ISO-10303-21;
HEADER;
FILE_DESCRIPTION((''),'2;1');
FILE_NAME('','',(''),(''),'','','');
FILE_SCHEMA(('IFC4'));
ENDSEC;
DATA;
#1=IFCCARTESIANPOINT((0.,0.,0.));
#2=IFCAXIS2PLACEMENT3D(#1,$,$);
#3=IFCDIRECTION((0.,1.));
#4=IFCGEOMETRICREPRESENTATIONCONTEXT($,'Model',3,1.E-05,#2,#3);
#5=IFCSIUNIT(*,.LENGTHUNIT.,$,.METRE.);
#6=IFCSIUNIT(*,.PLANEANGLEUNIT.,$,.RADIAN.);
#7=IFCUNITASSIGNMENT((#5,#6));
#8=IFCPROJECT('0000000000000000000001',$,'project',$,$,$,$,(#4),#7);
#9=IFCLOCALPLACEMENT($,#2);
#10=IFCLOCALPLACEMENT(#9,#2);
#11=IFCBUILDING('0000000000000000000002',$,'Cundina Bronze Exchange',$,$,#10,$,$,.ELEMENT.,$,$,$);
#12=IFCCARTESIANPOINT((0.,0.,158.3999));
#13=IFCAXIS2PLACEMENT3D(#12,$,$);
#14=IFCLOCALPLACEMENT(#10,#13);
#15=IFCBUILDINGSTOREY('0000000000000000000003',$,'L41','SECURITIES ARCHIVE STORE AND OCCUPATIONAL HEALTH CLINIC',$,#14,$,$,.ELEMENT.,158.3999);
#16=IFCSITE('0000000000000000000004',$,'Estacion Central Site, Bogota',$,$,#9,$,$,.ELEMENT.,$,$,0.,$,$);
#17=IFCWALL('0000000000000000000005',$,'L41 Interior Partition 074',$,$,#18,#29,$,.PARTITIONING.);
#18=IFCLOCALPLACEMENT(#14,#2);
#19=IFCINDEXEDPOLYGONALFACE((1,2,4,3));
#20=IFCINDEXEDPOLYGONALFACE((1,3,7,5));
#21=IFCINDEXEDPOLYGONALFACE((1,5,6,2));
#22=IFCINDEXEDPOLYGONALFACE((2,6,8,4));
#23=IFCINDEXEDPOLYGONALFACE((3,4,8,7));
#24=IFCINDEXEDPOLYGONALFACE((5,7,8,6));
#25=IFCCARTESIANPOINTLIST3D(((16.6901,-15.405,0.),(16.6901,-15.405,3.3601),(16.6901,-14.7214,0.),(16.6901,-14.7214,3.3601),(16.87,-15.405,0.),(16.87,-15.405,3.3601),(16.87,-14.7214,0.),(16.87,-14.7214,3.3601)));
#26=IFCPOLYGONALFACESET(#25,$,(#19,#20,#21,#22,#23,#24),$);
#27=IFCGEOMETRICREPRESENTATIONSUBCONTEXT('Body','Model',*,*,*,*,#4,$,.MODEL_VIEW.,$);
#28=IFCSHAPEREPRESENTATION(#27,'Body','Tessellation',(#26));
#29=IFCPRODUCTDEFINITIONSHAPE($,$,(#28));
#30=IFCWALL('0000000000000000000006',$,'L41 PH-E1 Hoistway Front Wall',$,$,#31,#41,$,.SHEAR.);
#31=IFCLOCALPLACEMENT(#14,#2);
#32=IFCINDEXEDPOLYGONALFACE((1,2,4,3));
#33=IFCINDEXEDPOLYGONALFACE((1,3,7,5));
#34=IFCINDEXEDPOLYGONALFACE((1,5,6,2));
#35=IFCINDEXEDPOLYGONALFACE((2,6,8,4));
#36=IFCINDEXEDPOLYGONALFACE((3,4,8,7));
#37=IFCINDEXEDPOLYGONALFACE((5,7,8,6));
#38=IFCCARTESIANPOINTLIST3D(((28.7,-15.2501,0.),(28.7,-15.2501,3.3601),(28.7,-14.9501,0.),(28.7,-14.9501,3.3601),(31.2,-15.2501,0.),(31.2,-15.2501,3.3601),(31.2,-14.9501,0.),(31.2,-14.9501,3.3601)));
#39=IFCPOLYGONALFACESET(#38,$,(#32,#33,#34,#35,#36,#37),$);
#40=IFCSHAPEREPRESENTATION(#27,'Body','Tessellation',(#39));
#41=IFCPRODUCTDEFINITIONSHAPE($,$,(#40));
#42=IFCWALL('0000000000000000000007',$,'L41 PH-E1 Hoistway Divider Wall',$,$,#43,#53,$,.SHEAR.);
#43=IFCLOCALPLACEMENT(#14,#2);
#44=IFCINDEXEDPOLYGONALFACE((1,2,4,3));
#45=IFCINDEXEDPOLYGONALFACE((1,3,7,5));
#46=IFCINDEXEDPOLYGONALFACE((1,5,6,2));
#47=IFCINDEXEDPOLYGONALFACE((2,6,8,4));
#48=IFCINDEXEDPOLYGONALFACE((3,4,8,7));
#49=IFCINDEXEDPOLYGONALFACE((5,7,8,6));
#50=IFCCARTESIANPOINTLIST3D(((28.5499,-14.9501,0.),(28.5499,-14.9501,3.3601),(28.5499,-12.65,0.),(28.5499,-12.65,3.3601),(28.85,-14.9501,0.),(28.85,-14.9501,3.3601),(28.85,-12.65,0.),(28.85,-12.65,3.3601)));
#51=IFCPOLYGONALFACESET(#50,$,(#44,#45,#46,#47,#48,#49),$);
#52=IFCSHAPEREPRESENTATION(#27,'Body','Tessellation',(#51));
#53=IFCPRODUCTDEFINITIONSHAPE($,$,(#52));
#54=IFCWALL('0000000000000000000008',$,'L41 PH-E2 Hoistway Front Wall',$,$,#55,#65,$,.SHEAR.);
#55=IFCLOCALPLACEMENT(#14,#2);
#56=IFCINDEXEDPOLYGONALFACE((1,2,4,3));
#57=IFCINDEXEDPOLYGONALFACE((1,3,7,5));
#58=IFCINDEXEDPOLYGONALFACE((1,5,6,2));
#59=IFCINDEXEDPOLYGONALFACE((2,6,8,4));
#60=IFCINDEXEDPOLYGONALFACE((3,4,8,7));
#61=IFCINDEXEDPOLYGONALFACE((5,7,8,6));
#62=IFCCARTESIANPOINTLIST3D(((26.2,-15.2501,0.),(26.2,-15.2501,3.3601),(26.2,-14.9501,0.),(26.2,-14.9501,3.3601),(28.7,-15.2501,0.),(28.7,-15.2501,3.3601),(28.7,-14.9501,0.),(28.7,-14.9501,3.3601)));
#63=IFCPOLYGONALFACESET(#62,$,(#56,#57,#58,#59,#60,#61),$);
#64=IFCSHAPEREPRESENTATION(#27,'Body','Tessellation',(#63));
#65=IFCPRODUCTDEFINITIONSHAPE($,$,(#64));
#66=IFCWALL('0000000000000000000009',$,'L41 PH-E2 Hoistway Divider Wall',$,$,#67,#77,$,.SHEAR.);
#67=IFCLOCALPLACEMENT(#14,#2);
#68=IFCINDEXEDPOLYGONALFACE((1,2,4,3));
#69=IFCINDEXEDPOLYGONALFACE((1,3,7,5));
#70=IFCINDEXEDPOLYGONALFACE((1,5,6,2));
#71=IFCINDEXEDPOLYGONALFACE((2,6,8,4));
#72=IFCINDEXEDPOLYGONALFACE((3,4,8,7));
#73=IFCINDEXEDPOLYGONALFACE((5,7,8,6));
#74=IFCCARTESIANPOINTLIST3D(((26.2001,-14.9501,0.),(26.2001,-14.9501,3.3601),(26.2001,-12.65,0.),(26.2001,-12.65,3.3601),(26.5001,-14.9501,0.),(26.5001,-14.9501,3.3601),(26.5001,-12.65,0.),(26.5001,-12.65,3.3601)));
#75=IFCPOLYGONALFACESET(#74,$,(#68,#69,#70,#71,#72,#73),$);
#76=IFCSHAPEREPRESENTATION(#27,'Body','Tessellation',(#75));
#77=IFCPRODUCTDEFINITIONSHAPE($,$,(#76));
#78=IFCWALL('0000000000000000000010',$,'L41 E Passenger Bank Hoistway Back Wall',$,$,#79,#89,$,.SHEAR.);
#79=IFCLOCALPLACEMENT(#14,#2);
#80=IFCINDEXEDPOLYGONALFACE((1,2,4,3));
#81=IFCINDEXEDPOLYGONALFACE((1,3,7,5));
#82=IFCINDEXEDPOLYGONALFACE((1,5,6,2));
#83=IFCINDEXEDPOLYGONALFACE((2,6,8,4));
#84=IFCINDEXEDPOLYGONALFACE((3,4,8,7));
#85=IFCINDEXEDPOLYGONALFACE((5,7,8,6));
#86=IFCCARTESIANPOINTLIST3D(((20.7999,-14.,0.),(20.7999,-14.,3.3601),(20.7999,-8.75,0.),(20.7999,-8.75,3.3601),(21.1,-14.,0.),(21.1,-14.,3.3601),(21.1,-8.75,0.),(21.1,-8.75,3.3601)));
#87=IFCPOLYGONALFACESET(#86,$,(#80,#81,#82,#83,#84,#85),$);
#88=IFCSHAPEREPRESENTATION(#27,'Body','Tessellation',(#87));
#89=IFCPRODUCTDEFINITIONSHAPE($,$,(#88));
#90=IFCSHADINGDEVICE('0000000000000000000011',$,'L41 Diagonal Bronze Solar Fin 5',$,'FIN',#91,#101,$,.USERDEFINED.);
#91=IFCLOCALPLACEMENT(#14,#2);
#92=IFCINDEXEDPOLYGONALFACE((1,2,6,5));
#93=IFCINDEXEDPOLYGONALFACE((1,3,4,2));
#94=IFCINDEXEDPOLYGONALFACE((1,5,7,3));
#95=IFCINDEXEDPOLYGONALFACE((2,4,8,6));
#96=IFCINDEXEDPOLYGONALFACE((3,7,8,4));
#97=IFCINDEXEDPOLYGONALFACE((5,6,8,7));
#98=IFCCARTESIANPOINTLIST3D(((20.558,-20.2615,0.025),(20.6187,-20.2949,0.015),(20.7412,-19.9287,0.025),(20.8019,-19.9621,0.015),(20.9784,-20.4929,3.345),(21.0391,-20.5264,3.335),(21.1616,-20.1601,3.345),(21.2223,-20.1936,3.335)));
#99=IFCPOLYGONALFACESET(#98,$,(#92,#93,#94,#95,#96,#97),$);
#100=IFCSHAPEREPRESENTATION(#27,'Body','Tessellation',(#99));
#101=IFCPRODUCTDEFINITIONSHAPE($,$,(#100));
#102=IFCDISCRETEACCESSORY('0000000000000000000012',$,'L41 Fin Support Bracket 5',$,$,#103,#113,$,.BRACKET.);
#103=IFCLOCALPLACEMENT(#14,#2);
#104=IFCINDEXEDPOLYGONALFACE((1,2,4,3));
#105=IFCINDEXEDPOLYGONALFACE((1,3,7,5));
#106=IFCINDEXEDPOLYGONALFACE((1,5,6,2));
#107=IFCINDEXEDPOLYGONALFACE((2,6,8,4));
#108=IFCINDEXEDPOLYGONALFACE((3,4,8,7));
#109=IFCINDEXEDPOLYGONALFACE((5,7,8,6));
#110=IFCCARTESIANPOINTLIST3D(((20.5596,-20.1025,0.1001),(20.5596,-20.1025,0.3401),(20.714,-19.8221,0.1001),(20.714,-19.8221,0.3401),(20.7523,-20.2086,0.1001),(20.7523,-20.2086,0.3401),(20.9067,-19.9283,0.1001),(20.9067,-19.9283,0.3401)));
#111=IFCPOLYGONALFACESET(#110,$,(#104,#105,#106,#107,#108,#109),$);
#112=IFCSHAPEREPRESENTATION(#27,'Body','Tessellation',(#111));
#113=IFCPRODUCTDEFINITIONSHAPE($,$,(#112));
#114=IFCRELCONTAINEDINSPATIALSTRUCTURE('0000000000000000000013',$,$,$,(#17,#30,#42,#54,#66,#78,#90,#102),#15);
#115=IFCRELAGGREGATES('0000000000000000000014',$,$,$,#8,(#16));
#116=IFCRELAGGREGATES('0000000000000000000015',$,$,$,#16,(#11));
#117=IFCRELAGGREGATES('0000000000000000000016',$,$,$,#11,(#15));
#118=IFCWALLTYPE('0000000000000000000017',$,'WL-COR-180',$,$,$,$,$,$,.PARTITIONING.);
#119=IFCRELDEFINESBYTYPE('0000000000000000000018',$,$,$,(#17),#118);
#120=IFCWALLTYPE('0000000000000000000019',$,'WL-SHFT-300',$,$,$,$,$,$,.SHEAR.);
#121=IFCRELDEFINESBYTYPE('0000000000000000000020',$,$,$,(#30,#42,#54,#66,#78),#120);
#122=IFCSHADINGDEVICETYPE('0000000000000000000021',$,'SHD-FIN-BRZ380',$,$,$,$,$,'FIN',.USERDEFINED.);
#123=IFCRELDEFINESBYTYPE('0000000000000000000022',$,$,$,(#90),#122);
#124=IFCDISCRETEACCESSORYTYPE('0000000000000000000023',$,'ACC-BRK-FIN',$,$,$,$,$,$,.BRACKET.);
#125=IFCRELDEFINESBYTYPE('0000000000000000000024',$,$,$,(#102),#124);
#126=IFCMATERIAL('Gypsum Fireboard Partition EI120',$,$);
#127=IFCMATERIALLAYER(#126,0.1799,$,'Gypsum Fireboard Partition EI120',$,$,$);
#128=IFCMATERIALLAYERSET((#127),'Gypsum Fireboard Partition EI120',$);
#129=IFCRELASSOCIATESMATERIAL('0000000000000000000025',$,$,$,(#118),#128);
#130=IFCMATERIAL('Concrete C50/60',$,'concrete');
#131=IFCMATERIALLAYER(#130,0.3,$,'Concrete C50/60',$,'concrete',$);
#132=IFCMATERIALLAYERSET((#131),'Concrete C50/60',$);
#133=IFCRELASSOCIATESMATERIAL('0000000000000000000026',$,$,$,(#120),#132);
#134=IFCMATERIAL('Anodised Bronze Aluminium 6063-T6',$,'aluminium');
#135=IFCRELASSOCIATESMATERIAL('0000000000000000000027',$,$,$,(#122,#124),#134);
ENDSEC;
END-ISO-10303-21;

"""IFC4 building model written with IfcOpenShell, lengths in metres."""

from ifc_helpers import new_model, si_unit, direction, frame, frame_2d, origin, origin_2d, place, context, subcontext, project, spatial, rectangle, extrude, material, layer, layer_set, material_profile, profile_set, type_object, element, save


model = new_model("IFC4")

# Units and contexts
model_context = context("Model", 3, precision=1e-05, world=origin(), true_north=direction((0.0, 1.0)))
body_context = subcontext(model_context, "Body", "Model", "MODEL_VIEW")
ifc_project = project(units=[si_unit("LENGTHUNIT", "METRE"), si_unit("PLANEANGLEUNIT", "RADIAN")], contexts=[model_context])

# Site, building, storey
site_placement = place(None, origin())
site = spatial("IfcSite", under=ifc_project, at=site_placement, Name="Estacion Central Site, Bogota", CompositionType="ELEMENT", RefElevation=0.0)
building_placement = place(site_placement, origin())
building = spatial("IfcBuilding", under=site, at=building_placement, Name="Cundina Bronze Exchange", CompositionType="ELEMENT")
storey_placement = place(building_placement, frame((0.0, 0.0, 158.3999)))
storey = spatial("IfcBuildingStorey", under=building, at=storey_placement, Name="L41", Description="SECURITIES ARCHIVE STORE AND OCCUPATIONAL HEALTH CLINIC", CompositionType="ELEMENT", Elevation=158.3999)

# Shared definitions
ifc_material_1 = material(Name="Concrete C50/60", Category="concrete")

# Shared definitions
ifc_material_2 = material(Name="Anodised Bronze Aluminium 6063-T6", Category="aluminium")

# Shared definitions
ifc_material_3 = material(Name="Gypsum Fireboard Partition EI120")
ifc_layer_1 = layer(ifc_material_3, 0.1799, Name="Gypsum Fireboard Partition EI120")
ifc_layer_set_1 = layer_set([ifc_layer_1], Name="Gypsum Fireboard Partition EI120")
wall_type_1 = type_object("IfcWallType", Name="WL-COR-180", PredefinedType="PARTITIONING", material=ifc_layer_set_1)

# Walls
wall_1_placement = place(storey_placement, frame((16.78, -14.7214, 0.0), z_axis=(0.0, 0.0, 1.0), x_axis=(0.0, -1.0, 0.0)))
element("IfcWall", 1, at=wall_1_placement, inside=storey, type_object=wall_type_1, Name="L41 Interior Partition 074", PredefinedType="PARTITIONING", context=body_context, shape_type="SweptSolid", body=[
    extrude(rectangle(XDim=0.6836, YDim=0.1799, at=frame_2d((0.3418, 0.0))), origin(), (0.0, 0.0, 1.0), 3.3601),
])
ifc_layer_2 = layer(ifc_material_1, 0.3, Name="Concrete C50/60", Category="concrete")
ifc_layer_set_2 = layer_set([ifc_layer_2], Name="Concrete C50/60")
wall_type_2 = type_object("IfcWallType", Name="WL-SHFT-300", PredefinedType="SHEAR", material=ifc_layer_set_2)
wall_2_placement = place(storey_placement, frame((28.7, -15.1001, 0.0), z_axis=(0.0, 0.0, 1.0), x_axis=(1.0, 0.0, 0.0)))
element("IfcWall", 2, at=wall_2_placement, inside=storey, type_object=wall_type_2, Name="L41 PH-E1 Hoistway Front Wall", PredefinedType="SHEAR", context=body_context, shape_type="SweptSolid", body=[
    extrude(rectangle(XDim=2.5, YDim=0.3, at=frame_2d((1.25, 0.0))), origin(), (0.0, 0.0, 1.0), 3.3601),
])
wall_3_placement = place(storey_placement, frame((28.7, -14.95, 0.0), z_axis=(0.0, 0.0, 1.0), x_axis=(0.0, 1.0, 0.0)))
element("IfcWall", 3, at=wall_3_placement, inside=storey, type_object=wall_type_2, Name="L41 PH-E1 Hoistway Divider Wall", PredefinedType="SHEAR", context=body_context, shape_type="SweptSolid", body=[
    extrude(rectangle(XDim=2.3, YDim=0.3, at=frame_2d((1.1499, 0.0))), origin(), (0.0, 0.0, 1.0), 3.3601),
])
wall_4_placement = place(storey_placement, frame((26.2, -15.1001, 0.0), z_axis=(0.0, 0.0, 1.0), x_axis=(1.0, 0.0, 0.0)))
element("IfcWall", 4, at=wall_4_placement, inside=storey, type_object=wall_type_2, Name="L41 PH-E2 Hoistway Front Wall", PredefinedType="SHEAR", context=body_context, shape_type="SweptSolid", body=[
    extrude(rectangle(XDim=2.5, YDim=0.3, at=frame_2d((1.25, 0.0))), origin(), (0.0, 0.0, 1.0), 3.3601),
])
wall_5_placement = place(storey_placement, frame((26.3501, -14.95, 0.0), z_axis=(0.0, 0.0, 1.0), x_axis=(0.0, 1.0, 0.0)))
element("IfcWall", 5, at=wall_5_placement, inside=storey, type_object=wall_type_2, Name="L41 PH-E2 Hoistway Divider Wall", PredefinedType="SHEAR", context=body_context, shape_type="SweptSolid", body=[
    extrude(rectangle(XDim=2.3, YDim=0.3, at=frame_2d((1.1499, 0.0))), origin(), (0.0, 0.0, 1.0), 3.3601),
])
wall_6_placement = place(storey_placement, frame((20.95, -14.0, 0.0), z_axis=(0.0, 0.0, 1.0), x_axis=(0.0, 1.0, 0.0)))
element("IfcWall", 6, at=wall_6_placement, inside=storey, type_object=wall_type_2, Name="L41 E Passenger Bank Hoistway Back Wall", PredefinedType="SHEAR", context=body_context, shape_type="SweptSolid", body=[
    extrude(rectangle(XDim=5.25, YDim=0.3, at=frame_2d((2.625, 0.0))), origin(), (0.0, 0.0, 1.0), 3.3601),
])

# Shading device
ifc_material_profile_1 = material_profile(ifc_material_2, rectangle(XDim=0.0701, YDim=0.3799, at=origin_2d()), Name="FIN70X380", Category="aluminium")
ifc_profile_set_1 = profile_set([ifc_material_profile_1], Name="Anodised Bronze Aluminium 6063-T6")
shading_device_type = type_object("IfcShadingDeviceType", Name="SHD-FIN-BRZ380", ElementType="FIN", PredefinedType="USERDEFINED", material=ifc_profile_set_1)
shading_device_placement = place(storey_placement, frame((20.6799, -20.1118, 0.02), z_axis=(0.125324, -0.068994, 0.989714), x_axis=(-0.867012, 0.47731, 0.143061)))
element("IfcShadingDevice", 7, at=shading_device_placement, inside=storey, type_object=shading_device_type, Name="L41 Diagonal Bronze Solar Fin 5", ObjectType="FIN", PredefinedType="USERDEFINED", context=body_context, shape_type="SweptSolid", body=[
    extrude(rectangle(XDim=0.0701, YDim=0.3799, at=origin_2d()), origin(), (0.0, 0.0, 1.0), 3.3545),
])

# Discrete accessory
discrete_accessory_type = type_object("IfcDiscreteAccessoryType", Name="ACC-BRK-FIN", PredefinedType="BRACKET", material=ifc_material_2)
discrete_accessory_placement = place(storey_placement, frame((20.7332, -20.0154, 0.1001), z_axis=(0.0, 0.0, 1.0), x_axis=(0.875869, -0.482549, 0.0)))
element("IfcDiscreteAccessory", 8, at=discrete_accessory_placement, inside=storey, type_object=discrete_accessory_type, Name="L41 Fin Support Bracket 5", PredefinedType="BRACKET", context=body_context, shape_type="SweptSolid", body=[
    extrude(rectangle(XDim=0.22, YDim=0.3201, at=origin_2d()), origin(), (0.0, 0.0, 1.0), 0.24),
])

save(model, "model.ifc")
